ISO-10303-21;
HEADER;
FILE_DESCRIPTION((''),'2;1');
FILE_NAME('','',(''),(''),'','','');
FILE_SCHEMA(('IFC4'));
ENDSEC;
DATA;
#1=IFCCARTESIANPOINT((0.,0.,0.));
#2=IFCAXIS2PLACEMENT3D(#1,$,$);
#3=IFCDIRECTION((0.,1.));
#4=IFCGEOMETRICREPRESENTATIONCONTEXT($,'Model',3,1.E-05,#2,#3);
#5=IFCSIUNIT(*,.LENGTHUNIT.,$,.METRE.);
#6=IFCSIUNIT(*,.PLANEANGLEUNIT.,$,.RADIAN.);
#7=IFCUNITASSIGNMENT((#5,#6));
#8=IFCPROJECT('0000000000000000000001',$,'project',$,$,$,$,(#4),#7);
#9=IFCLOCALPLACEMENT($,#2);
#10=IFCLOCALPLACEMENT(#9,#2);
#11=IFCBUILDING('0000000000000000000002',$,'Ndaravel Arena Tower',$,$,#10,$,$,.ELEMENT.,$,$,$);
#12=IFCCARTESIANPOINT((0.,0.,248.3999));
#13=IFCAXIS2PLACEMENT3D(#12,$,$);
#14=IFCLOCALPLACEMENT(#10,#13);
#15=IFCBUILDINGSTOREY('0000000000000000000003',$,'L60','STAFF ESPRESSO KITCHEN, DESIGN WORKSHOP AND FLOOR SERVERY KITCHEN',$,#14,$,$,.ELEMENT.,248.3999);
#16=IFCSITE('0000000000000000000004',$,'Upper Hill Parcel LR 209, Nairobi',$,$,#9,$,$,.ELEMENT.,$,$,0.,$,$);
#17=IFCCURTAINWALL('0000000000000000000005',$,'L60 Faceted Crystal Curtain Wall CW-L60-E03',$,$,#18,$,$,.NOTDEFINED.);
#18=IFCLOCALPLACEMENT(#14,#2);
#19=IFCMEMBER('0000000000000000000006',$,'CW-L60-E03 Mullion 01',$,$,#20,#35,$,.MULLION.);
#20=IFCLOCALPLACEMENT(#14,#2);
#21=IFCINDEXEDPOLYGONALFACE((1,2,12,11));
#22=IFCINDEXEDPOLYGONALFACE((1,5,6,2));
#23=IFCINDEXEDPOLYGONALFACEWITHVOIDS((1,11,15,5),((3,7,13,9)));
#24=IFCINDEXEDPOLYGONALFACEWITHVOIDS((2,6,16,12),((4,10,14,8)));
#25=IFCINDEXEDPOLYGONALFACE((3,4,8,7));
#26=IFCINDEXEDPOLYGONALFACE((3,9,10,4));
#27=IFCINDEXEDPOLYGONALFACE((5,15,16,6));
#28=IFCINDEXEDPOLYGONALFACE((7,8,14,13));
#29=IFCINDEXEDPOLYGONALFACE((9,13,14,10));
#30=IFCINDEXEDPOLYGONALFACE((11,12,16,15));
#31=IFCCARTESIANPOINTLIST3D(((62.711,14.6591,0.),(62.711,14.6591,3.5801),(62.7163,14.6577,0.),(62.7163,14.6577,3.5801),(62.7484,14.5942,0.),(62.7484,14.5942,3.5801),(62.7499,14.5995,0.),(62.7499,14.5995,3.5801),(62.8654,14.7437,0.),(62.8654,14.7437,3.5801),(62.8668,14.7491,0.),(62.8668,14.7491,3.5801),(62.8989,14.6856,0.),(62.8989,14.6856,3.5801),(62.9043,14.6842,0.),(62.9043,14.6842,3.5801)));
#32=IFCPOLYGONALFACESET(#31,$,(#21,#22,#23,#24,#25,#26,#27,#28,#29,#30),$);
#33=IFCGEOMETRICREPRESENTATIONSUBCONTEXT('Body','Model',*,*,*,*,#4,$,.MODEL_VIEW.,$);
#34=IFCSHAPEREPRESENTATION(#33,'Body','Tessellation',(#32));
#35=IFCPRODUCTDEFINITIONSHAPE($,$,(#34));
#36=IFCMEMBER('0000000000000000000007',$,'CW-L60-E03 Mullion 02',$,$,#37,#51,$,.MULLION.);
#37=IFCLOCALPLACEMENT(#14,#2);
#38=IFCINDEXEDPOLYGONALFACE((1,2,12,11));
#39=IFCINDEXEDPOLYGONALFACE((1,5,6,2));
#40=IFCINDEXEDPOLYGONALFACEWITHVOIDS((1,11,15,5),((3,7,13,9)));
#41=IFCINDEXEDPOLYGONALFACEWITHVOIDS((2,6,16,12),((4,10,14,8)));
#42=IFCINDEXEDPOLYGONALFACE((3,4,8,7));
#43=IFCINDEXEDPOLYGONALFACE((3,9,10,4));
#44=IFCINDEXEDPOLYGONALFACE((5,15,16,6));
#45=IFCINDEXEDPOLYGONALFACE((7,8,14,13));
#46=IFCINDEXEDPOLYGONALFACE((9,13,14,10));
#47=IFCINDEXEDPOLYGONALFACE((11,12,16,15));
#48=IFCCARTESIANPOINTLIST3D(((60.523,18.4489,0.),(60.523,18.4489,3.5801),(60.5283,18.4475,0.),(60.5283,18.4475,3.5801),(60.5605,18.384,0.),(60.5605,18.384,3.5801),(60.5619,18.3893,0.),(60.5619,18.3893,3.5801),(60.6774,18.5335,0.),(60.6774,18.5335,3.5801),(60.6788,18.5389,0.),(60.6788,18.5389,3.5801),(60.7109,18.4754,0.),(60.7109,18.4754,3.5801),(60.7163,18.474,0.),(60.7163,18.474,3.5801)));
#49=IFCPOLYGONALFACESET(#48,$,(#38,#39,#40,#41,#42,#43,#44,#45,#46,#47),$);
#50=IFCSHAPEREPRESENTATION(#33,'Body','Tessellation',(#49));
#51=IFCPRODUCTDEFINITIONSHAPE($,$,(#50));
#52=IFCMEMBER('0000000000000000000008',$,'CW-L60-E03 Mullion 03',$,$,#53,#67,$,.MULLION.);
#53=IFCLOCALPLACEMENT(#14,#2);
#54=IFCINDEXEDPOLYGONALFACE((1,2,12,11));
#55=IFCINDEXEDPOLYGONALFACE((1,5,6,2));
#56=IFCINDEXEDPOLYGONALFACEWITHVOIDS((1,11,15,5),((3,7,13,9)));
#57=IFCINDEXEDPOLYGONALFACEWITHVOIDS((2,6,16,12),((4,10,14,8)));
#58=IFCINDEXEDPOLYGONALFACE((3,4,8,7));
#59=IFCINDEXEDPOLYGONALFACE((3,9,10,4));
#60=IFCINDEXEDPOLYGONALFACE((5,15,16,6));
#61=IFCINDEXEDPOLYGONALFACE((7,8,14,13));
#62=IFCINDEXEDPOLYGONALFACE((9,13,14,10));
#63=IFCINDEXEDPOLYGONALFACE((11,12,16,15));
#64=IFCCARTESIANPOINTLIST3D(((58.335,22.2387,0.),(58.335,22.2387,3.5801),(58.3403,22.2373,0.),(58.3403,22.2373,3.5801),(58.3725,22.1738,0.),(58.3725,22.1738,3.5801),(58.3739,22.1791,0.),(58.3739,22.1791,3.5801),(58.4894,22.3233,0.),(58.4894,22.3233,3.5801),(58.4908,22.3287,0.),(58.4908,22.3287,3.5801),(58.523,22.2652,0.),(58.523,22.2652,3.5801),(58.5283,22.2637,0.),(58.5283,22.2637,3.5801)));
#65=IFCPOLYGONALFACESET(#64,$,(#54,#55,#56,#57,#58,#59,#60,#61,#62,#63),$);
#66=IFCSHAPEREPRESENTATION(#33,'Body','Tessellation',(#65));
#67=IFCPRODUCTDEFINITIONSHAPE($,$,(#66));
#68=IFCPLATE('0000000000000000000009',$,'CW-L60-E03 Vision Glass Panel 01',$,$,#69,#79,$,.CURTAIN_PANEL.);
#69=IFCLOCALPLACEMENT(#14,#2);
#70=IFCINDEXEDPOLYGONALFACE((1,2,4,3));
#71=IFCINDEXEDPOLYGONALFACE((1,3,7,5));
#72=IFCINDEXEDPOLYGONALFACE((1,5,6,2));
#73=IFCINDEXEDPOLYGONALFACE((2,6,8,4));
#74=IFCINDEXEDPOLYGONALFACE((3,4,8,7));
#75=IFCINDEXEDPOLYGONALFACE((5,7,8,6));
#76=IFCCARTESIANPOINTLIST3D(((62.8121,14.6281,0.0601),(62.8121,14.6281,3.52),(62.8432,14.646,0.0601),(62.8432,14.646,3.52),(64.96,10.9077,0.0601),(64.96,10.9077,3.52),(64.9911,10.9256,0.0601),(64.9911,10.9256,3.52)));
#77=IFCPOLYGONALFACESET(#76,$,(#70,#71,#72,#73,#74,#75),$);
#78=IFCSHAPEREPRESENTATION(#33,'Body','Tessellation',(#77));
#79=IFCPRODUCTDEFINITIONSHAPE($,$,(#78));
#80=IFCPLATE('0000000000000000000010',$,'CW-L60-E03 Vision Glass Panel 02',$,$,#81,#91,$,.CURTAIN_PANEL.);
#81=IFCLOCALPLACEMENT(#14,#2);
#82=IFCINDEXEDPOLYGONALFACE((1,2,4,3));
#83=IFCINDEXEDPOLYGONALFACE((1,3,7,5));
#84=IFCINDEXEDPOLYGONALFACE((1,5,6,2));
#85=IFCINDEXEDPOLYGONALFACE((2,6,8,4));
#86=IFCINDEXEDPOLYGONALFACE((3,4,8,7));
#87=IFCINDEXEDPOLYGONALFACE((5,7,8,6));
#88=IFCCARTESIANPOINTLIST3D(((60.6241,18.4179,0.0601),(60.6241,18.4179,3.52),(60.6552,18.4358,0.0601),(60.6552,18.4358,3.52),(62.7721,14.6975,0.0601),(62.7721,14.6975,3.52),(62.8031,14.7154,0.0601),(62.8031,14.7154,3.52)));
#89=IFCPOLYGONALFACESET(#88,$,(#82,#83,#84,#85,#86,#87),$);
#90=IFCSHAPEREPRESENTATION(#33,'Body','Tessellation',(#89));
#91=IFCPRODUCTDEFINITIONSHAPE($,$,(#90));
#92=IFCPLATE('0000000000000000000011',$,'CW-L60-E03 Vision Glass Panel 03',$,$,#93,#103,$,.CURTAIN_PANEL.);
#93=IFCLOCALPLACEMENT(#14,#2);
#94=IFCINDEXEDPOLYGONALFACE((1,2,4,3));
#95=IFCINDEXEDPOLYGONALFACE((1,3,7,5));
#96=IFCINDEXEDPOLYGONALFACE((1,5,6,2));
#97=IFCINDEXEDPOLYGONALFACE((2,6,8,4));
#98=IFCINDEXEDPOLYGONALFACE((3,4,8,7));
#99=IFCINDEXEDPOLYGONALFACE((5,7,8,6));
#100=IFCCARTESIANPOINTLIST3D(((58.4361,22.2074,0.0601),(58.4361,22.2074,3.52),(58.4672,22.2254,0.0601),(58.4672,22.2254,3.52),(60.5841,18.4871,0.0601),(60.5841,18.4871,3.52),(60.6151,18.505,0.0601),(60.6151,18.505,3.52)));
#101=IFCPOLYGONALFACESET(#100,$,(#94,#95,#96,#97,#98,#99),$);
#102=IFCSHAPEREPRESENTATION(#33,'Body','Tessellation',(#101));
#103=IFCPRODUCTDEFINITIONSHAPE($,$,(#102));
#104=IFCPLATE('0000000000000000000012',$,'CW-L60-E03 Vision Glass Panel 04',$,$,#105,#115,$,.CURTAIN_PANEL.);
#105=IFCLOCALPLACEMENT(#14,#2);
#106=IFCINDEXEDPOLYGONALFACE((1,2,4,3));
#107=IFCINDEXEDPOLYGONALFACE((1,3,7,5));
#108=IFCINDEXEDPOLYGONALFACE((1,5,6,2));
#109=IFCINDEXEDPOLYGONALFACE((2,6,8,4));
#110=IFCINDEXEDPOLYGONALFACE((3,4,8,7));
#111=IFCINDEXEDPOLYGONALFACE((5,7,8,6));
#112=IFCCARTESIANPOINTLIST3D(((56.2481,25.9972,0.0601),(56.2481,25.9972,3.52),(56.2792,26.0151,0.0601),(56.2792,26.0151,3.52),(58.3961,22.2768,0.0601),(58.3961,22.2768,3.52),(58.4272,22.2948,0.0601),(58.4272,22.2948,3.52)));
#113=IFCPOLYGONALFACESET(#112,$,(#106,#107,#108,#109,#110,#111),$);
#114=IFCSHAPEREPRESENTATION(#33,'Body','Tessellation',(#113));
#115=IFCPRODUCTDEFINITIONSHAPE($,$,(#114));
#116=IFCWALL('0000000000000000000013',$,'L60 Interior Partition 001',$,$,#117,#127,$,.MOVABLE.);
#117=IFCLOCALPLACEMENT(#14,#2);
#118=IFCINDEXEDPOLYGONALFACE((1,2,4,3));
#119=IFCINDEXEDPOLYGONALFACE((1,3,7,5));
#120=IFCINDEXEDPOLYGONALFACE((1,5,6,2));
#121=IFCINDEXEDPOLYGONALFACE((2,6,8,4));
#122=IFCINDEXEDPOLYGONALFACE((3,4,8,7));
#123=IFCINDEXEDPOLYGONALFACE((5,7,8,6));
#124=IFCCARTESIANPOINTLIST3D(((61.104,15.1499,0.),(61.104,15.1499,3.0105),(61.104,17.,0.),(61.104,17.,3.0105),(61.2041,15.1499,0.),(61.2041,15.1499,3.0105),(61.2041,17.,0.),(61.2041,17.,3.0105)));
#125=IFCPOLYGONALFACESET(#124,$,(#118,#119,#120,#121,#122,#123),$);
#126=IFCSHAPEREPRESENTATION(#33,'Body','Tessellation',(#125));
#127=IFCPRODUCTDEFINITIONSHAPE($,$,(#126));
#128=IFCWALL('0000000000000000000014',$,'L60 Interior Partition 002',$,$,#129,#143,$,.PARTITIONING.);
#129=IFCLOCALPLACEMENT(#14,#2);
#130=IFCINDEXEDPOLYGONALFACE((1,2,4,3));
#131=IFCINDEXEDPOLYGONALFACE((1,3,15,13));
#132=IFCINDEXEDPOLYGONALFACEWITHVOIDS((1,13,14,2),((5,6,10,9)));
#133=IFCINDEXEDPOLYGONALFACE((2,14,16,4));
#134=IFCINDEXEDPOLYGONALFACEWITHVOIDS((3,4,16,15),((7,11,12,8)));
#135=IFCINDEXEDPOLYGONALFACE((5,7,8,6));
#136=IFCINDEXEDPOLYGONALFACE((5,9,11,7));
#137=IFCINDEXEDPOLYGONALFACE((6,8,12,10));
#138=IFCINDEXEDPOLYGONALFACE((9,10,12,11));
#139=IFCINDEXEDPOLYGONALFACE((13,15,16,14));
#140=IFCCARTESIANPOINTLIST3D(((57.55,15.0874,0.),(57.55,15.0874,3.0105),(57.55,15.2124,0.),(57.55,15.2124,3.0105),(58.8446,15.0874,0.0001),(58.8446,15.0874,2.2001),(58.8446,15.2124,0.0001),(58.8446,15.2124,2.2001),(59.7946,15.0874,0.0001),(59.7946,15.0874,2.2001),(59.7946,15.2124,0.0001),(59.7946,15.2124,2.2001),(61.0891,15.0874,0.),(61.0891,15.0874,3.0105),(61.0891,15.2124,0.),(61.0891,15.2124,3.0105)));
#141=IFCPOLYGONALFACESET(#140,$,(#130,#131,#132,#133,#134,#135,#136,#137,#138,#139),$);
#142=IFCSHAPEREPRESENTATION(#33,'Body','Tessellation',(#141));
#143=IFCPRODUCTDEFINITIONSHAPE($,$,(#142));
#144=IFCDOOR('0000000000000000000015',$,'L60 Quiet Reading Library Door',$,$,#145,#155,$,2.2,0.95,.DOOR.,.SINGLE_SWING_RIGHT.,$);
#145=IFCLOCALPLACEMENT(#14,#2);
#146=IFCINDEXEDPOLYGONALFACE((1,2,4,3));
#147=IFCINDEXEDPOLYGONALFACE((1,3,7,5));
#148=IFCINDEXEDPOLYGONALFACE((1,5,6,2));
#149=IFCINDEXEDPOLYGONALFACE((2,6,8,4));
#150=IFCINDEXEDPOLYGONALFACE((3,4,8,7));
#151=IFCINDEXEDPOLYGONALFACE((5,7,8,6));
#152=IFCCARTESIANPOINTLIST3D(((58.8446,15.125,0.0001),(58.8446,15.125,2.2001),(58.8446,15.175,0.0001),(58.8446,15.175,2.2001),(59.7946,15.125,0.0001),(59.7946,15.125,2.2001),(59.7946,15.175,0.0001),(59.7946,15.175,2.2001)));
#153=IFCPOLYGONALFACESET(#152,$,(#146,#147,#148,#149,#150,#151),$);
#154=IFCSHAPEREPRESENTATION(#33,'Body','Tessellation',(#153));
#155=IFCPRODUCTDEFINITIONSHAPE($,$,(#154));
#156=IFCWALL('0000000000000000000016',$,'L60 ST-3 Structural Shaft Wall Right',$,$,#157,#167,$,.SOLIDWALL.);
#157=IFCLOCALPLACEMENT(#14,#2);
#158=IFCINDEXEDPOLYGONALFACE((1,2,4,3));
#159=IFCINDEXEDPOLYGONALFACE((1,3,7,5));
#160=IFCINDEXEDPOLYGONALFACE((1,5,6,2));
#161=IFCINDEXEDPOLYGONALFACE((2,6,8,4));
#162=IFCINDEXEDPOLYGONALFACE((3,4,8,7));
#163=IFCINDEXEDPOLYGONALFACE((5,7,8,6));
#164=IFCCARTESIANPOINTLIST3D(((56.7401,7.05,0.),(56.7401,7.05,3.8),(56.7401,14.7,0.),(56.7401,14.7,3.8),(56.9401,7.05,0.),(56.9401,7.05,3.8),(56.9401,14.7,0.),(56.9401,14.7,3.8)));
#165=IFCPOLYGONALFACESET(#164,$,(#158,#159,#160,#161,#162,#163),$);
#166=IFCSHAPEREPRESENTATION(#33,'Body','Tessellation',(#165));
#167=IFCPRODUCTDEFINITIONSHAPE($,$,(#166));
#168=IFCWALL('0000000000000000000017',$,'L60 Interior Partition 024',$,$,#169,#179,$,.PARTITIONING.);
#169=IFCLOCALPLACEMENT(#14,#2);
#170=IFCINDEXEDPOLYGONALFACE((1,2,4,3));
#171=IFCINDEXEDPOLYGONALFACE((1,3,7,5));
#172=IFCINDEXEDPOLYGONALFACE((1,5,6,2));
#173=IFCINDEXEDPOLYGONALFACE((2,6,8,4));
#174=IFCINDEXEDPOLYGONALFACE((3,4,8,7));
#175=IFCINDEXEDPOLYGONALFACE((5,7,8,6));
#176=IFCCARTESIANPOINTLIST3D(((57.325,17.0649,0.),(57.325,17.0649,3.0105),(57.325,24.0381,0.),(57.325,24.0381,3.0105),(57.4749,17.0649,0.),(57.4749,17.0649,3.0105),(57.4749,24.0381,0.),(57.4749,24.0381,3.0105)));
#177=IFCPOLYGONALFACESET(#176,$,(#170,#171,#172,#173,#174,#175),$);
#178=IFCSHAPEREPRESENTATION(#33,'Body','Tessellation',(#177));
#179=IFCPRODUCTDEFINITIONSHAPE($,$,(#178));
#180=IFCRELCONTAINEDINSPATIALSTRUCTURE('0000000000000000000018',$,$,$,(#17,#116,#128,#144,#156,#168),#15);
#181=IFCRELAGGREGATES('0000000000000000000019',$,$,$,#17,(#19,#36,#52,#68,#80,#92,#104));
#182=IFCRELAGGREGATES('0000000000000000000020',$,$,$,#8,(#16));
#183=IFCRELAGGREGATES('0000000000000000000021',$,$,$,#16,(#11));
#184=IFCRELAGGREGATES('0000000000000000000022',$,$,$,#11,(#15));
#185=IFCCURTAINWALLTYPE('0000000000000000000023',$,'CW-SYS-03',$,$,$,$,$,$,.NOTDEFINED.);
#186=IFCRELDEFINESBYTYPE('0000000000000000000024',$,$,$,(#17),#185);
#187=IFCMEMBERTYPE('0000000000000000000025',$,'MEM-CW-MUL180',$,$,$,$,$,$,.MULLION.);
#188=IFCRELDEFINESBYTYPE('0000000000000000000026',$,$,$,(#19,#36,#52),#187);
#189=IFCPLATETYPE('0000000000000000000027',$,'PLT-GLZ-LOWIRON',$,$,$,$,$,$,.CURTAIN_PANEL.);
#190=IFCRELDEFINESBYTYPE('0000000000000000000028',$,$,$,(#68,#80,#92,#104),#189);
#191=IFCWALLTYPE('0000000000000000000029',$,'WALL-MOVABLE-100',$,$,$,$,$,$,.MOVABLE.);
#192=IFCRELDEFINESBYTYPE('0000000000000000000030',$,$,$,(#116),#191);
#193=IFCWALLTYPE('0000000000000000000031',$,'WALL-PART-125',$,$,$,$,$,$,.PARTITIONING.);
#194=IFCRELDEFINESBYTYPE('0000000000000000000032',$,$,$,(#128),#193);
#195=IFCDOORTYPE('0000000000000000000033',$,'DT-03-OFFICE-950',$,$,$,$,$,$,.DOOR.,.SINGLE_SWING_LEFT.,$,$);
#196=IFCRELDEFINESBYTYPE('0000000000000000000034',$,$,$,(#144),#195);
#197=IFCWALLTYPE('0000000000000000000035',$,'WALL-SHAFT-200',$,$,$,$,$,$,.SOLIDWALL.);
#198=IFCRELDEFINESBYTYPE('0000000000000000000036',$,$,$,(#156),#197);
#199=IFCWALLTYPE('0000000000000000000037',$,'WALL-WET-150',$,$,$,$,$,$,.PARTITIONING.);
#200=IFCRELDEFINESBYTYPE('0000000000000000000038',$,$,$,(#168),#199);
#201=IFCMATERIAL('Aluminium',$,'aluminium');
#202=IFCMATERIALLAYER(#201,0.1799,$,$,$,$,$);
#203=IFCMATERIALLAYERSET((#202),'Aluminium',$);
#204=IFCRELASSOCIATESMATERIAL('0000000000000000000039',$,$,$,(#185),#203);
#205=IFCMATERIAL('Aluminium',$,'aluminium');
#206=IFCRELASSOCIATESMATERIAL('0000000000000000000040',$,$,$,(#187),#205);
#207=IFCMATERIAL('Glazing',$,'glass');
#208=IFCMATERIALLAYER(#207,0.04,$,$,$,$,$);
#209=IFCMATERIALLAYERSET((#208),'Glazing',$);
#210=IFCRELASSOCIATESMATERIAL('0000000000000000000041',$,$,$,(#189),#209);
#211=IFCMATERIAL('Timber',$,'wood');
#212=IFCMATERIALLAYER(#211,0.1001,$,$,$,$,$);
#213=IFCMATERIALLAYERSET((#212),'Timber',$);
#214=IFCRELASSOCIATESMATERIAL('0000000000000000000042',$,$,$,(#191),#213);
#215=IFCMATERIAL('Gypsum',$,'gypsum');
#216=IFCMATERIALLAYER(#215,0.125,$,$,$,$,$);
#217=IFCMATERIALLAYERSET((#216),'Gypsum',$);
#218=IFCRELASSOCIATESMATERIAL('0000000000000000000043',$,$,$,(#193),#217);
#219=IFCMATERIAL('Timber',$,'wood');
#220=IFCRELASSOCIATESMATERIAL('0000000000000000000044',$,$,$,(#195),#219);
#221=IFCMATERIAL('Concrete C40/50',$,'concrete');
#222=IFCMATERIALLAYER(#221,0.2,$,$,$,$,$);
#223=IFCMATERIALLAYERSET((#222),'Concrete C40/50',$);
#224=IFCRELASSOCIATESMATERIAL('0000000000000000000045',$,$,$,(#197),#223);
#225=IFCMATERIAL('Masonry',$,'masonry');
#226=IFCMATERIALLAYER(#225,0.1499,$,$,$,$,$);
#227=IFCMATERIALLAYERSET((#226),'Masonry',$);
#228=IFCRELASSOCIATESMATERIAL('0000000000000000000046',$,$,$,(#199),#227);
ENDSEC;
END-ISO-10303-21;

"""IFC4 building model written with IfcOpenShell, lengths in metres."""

from ifc_helpers import new_model, si_unit, direction, frame, frame_2d, origin, origin_2d, place, context, subcontext, project, spatial, rectangle, hollow_rectangle, extrude, material, layer, layer_set, material_profile, profile_set, type_object, element, fill, aggregate, save


model = new_model("IFC4")

# Units and contexts
model_context = context("Model", 3, precision=1e-05, world=origin(), true_north=direction((0.0, 1.0)))
body_context = subcontext(model_context, "Body", "Model", "MODEL_VIEW")
ifc_project = project(units=[si_unit("LENGTHUNIT", "METRE"), si_unit("PLANEANGLEUNIT", "RADIAN")], contexts=[model_context])

# Site, building, storey
site_placement = place(None, origin())
site = spatial("IfcSite", under=ifc_project, at=site_placement, Name="Upper Hill Parcel LR 209, Nairobi", CompositionType="ELEMENT", RefElevation=0.0)
building_placement = place(site_placement, origin())
building = spatial("IfcBuilding", under=site, at=building_placement, Name="Ndaravel Arena Tower", CompositionType="ELEMENT")
storey_placement = place(building_placement, frame((0.0, 0.0, 248.3999)))
storey = spatial("IfcBuildingStorey", under=building, at=storey_placement, Name="L60", Description="STAFF ESPRESSO KITCHEN, DESIGN WORKSHOP AND FLOOR SERVERY KITCHEN", CompositionType="ELEMENT", Elevation=248.3999)

# Curtain wall, members, plates
ifc_material_1 = material(Name="Aluminium", Category="aluminium")
ifc_layer_1 = layer(ifc_material_1, 0.1799)
ifc_layer_set_1 = layer_set([ifc_layer_1], Name="Aluminium")
curtain_wall_type = type_object("IfcCurtainWallType", Name="CW-SYS-03", PredefinedType="NOTDEFINED", material=ifc_layer_set_1)
curtain_wall_placement = place(storey_placement, origin())
curtain_wall = element("IfcCurtainWall", 1, at=curtain_wall_placement, inside=storey, type_object=curtain_wall_type, Name="L60 Faceted Crystal Curtain Wall CW-L60-E03", PredefinedType="NOTDEFINED")
ifc_material_2 = material(Name="Aluminium", Category="aluminium")
ifc_material_profile = material_profile(ifc_material_2, hollow_rectangle(XDim=0.075, YDim=0.1799, WallThickness=0.0039, at=origin_2d()), Name="CW MULLION 75x180x4")
ifc_profile_set = profile_set([ifc_material_profile], Name="Aluminium")
member_type = type_object("IfcMemberType", Name="MEM-CW-MUL180", PredefinedType="MULLION", material=ifc_profile_set)
member_1_placement = place(storey_placement, frame((62.8076, 14.6716, 0.0), z_axis=(0.0, 0.0, 1.0), x_axis=(-0.5, 0.866025, 0.0)))
member_1 = element("IfcMember", 2, at=member_1_placement, type_object=member_type, Name="CW-L60-E03 Mullion 01", PredefinedType="MULLION", context=body_context, shape_type="SweptSolid", body=[
    extrude(hollow_rectangle(XDim=0.075, YDim=0.1799, WallThickness=0.0039, at=origin_2d()), origin(), (0.0, 0.0, 1.0), 3.5801),
])
member_2_placement = place(storey_placement, frame((60.6196, 18.4614, 0.0), z_axis=(0.0, 0.0, 1.0), x_axis=(-0.5, 0.866025, 0.0)))
member_2 = element("IfcMember", 3, at=member_2_placement, type_object=member_type, Name="CW-L60-E03 Mullion 02", PredefinedType="MULLION", context=body_context, shape_type="SweptSolid", body=[
    extrude(hollow_rectangle(XDim=0.075, YDim=0.1799, WallThickness=0.0039, at=origin_2d()), origin(), (0.0, 0.0, 1.0), 3.5801),
])
member_3_placement = place(storey_placement, frame((58.4316, 22.2512, 0.0), z_axis=(0.0, 0.0, 1.0), x_axis=(-0.5, 0.866025, 0.0)))
member_3 = element("IfcMember", 4, at=member_3_placement, type_object=member_type, Name="CW-L60-E03 Mullion 03", PredefinedType="MULLION", context=body_context, shape_type="SweptSolid", body=[
    extrude(hollow_rectangle(XDim=0.075, YDim=0.1799, WallThickness=0.0039, at=origin_2d()), origin(), (0.0, 0.0, 1.0), 3.5801),
])
ifc_material_3 = material(Name="Glazing", Category="glass")
ifc_layer_2 = layer(ifc_material_3, 0.04)
ifc_layer_set_2 = layer_set([ifc_layer_2], Name="Glazing")
plate_type = type_object("IfcPlateType", Name="PLT-GLZ-LOWIRON", PredefinedType="CURTAIN_PANEL", material=ifc_layer_set_2)
plate_1_placement = place(storey_placement, frame((63.9016, 12.7769, 0.0601), z_axis=(0.0, 0.0, 1.0), x_axis=(-0.5, 0.866025, 0.0)))
plate_1 = element("IfcPlate", 5, at=plate_1_placement, type_object=plate_type, Name="CW-L60-E03 Vision Glass Panel 01", PredefinedType="CURTAIN_PANEL", context=body_context, shape_type="SweptSolid", body=[
    extrude(rectangle(XDim=4.2959, YDim=0.0359, at=origin_2d()), origin(), (0.0, 0.0, 1.0), 3.46),
])
plate_2_placement = place(storey_placement, frame((61.7136, 16.5667, 0.0601), z_axis=(0.0, 0.0, 1.0), x_axis=(-0.5, 0.866025, 0.0)))
plate_2 = element("IfcPlate", 6, at=plate_2_placement, type_object=plate_type, Name="CW-L60-E03 Vision Glass Panel 02", PredefinedType="CURTAIN_PANEL", context=body_context, shape_type="SweptSolid", body=[
    extrude(rectangle(XDim=4.2959, YDim=0.0359, at=origin_2d()), origin(), (0.0, 0.0, 1.0), 3.46),
])
plate_3_placement = place(storey_placement, frame((59.5256, 20.3562, 0.0601), z_axis=(0.0, 0.0, 1.0), x_axis=(-0.5, 0.866025, 0.0)))
plate_3 = element("IfcPlate", 7, at=plate_3_placement, type_object=plate_type, Name="CW-L60-E03 Vision Glass Panel 03", PredefinedType="CURTAIN_PANEL", context=body_context, shape_type="SweptSolid", body=[
    extrude(rectangle(XDim=4.2959, YDim=0.0359, at=origin_2d()), origin(), (0.0, 0.0, 1.0), 3.46),
])
plate_4_placement = place(storey_placement, frame((57.3376, 24.146, 0.0601), z_axis=(0.0, 0.0, 1.0), x_axis=(-0.5, 0.866025, 0.0)))
plate_4 = element("IfcPlate", 8, at=plate_4_placement, type_object=plate_type, Name="CW-L60-E03 Vision Glass Panel 04", PredefinedType="CURTAIN_PANEL", context=body_context, shape_type="SweptSolid", body=[
    extrude(rectangle(XDim=4.2959, YDim=0.0359, at=origin_2d()), origin(), (0.0, 0.0, 1.0), 3.46),
])
aggregate(curtain_wall, [member_1, member_2, member_3, plate_1, plate_2, plate_3, plate_4])

# Wall
ifc_material_4 = material(Name="Timber", Category="wood")
ifc_layer_3 = layer(ifc_material_4, 0.1001)
ifc_layer_set_3 = layer_set([ifc_layer_3], Name="Timber")
wall_type_1 = type_object("IfcWallType", Name="WALL-MOVABLE-100", PredefinedType="MOVABLE", material=ifc_layer_set_3)
wall_1_placement = place(storey_placement, frame((61.1541, 17.0, 0.0), z_axis=(0.0, 0.0, 1.0), x_axis=(0.0, -1.0, 0.0)))
element("IfcWall", 9, at=wall_1_placement, inside=storey, type_object=wall_type_1, Name="L60 Interior Partition 001", PredefinedType="MOVABLE", context=body_context, shape_type="SweptSolid", body=[
    extrude(rectangle(XDim=1.8501, YDim=0.1001, at=frame_2d((0.925, 0.0))), origin(), (0.0, 0.0, 1.0), 3.0105),
])

# Wall, opening, door
ifc_material_5 = material(Name="Gypsum", Category="gypsum")
ifc_layer_4 = layer(ifc_material_5, 0.125)
ifc_layer_set_4 = layer_set([ifc_layer_4], Name="Gypsum")
wall_type_2 = type_object("IfcWallType", Name="WALL-PART-125", PredefinedType="PARTITIONING", material=ifc_layer_set_4)
wall_2_placement = place(storey_placement, frame((61.0891, 15.1499, 0.0), z_axis=(0.0, 0.0, 1.0), x_axis=(-1.0, 0.0, 0.0)))
wall_2 = element("IfcWall", 10, at=wall_2_placement, inside=storey, type_object=wall_type_2, Name="L60 Interior Partition 002", PredefinedType="PARTITIONING", context=body_context, shape_type="SweptSolid", body=[
    extrude(rectangle(XDim=3.5391, YDim=0.125, at=frame_2d((1.7695, 0.0))), origin(), (0.0, 0.0, 1.0), 3.0105),
])
opening_1_placement = place(wall_2_placement, frame((1.2944, 0.0, 0.0)))
opening_1 = element("IfcOpeningElement", 11, at=opening_1_placement, cuts=wall_2, PredefinedType="OPENING", context=body_context, shape_type="SweptSolid", body=[
    extrude(rectangle(XDim=0.95, YDim=2.2, at=frame_2d((0.4751, 1.1001))), frame((0.0, 0.0625, 0.0), z_axis=(0.0, -1.0, 0.0), x_axis=(1.0, 0.0, 0.0)), (0.0, 0.0, 1.0), 0.125),
])
ifc_material_6 = material(Name="Timber", Category="wood")
door_type_1 = type_object("IfcDoorType", Name="DT-03-OFFICE-950", OperationType="SINGLE_SWING_LEFT", PredefinedType="DOOR", material=ifc_material_6)
door_1_placement = place(opening_1_placement, origin())
door_1 = element("IfcDoor", 12, at=door_1_placement, inside=storey, type_object=door_type_1, Name="L60 Quiet Reading Library Door", OperationType="SINGLE_SWING_RIGHT", OverallHeight=2.2, OverallWidth=0.95, PredefinedType="DOOR", context=body_context, shape_type="SweptSolid", body=[
    extrude(rectangle(XDim=0.95, YDim=2.2, at=frame_2d((0.4751, 1.1001))), frame((0.0, 0.0249, 0.0), z_axis=(0.0, -1.0, 0.0), x_axis=(1.0, 0.0, 0.0)), (0.0, 0.0, 1.0), 0.05),
])
fill(opening_1, door_1)

# Wall
ifc_material_7 = material(Name="Concrete C40/50", Category="concrete")
ifc_layer_5 = layer(ifc_material_7, 0.2)
ifc_layer_set_5 = layer_set([ifc_layer_5], Name="Concrete C40/50")
wall_type_3 = type_object("IfcWallType", Name="WALL-SHAFT-200", PredefinedType="SOLIDWALL", material=ifc_layer_set_5)
wall_3_placement = place(storey_placement, frame((56.8401, 14.7, 0.0), z_axis=(0.0, 0.0, 1.0), x_axis=(0.0, -1.0, 0.0)))
element("IfcWall", 13, at=wall_3_placement, inside=storey, type_object=wall_type_3, Name="L60 ST-3 Structural Shaft Wall Right", PredefinedType="SOLIDWALL", context=body_context, shape_type="SweptSolid", body=[
    extrude(rectangle(XDim=7.6499, YDim=0.2, at=frame_2d((3.825, 0.0))), origin(), (0.0, 0.0, 1.0), 3.8),
])

# Shared definitions
ifc_material_8 = material(Name="Masonry", Category="masonry")
ifc_layer_6 = layer(ifc_material_8, 0.1499)
ifc_layer_set_6 = layer_set([ifc_layer_6], Name="Masonry")
wall_type_4 = type_object("IfcWallType", Name="WALL-WET-150", PredefinedType="PARTITIONING", material=ifc_layer_set_6)

# Wall
wall_4_placement = place(storey_placement, frame((57.3999, 17.0649, 0.0), z_axis=(0.0, 0.0, 1.0), x_axis=(0.0, 1.0, 0.0)))
element("IfcWall", 14, at=wall_4_placement, inside=storey, type_object=wall_type_4, Name="L60 Interior Partition 024", PredefinedType="PARTITIONING", context=body_context, shape_type="SweptSolid", body=[
    extrude(rectangle(XDim=6.9731, YDim=0.1499, at=frame_2d((3.4866, 0.0))), origin(), (0.0, 0.0, 1.0), 3.0105),
])

save(model, "model.ifc")
